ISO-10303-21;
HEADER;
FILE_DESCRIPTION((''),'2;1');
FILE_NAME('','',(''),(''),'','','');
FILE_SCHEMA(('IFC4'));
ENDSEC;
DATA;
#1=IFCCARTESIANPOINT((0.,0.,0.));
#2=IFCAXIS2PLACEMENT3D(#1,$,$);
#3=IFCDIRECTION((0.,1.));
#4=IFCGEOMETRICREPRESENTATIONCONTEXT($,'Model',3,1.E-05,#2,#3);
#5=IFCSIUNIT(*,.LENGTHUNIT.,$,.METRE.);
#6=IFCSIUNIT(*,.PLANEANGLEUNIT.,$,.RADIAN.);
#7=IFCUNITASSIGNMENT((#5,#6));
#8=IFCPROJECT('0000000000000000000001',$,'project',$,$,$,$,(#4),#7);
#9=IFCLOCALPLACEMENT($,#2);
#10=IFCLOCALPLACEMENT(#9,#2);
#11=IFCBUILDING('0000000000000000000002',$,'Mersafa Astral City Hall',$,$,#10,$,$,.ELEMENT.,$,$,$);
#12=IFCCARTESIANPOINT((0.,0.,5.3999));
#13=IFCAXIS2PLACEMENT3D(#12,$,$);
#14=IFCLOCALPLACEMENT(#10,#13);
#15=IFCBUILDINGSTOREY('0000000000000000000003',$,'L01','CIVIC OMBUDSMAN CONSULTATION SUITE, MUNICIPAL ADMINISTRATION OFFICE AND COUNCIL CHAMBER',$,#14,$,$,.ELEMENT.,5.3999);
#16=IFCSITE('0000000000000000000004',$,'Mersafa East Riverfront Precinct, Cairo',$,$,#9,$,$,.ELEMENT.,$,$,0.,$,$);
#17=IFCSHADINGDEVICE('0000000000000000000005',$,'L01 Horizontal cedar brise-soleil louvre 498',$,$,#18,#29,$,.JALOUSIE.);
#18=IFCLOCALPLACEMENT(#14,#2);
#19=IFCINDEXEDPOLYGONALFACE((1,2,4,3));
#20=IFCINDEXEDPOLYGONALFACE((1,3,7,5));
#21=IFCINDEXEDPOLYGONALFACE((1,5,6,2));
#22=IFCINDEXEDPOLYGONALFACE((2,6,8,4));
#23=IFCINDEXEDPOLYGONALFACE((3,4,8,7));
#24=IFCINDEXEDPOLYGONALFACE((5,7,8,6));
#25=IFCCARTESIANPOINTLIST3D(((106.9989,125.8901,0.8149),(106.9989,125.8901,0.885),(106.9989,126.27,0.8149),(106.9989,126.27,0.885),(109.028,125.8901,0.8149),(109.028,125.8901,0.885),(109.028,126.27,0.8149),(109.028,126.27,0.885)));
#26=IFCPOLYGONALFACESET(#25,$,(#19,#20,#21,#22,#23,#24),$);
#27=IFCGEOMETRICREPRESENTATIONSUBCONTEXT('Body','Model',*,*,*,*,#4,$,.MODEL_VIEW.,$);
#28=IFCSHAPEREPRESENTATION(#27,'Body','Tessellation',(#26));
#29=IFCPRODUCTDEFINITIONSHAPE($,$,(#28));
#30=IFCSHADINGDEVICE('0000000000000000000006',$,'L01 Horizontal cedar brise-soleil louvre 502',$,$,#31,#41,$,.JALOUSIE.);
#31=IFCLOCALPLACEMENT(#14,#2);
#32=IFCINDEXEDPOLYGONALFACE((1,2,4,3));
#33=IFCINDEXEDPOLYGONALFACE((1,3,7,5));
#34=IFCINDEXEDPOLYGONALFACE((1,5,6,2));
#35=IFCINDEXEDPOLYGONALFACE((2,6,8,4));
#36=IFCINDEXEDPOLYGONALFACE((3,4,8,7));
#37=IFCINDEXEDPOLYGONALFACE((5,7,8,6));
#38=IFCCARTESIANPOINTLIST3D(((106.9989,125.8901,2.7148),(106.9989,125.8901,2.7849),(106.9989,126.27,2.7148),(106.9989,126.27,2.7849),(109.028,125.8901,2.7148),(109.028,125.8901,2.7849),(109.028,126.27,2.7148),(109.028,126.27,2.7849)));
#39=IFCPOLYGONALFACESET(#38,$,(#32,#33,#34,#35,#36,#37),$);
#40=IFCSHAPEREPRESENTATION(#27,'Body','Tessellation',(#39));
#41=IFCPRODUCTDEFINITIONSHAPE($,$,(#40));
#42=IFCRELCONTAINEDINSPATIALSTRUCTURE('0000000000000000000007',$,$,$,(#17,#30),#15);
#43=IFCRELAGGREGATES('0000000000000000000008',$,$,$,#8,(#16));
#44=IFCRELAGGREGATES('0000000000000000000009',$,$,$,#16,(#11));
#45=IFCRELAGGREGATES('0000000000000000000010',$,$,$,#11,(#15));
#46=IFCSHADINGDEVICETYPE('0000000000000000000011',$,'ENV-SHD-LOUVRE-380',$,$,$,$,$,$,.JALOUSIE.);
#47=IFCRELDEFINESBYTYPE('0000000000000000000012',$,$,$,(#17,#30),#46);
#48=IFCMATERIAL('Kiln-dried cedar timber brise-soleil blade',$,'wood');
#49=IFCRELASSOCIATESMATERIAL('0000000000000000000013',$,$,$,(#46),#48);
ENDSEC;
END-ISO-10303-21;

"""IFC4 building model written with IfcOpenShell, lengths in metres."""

from ifc_helpers import new_model, si_unit, direction, frame, origin, origin_2d, place, context, subcontext, project, spatial, rectangle, extrude, material, type_object, element, save


model = new_model("IFC4")

# Units and contexts
model_context = context("Model", 3, precision=1e-05, world=origin(), true_north=direction((0.0, 1.0)))
body_context = subcontext(model_context, "Body", "Model", "MODEL_VIEW")
ifc_project = project(units=[si_unit("LENGTHUNIT", "METRE"), si_unit("PLANEANGLEUNIT", "RADIAN")], contexts=[model_context])

# Site, building, storey
site_placement = place(None, origin())
site = spatial("IfcSite", under=ifc_project, at=site_placement, Name="Mersafa East Riverfront Precinct, Cairo", CompositionType="ELEMENT", RefElevation=0.0)
building_placement = place(site_placement, origin())
building = spatial("IfcBuilding", under=site, at=building_placement, Name="Mersafa Astral City Hall", CompositionType="ELEMENT")
storey_placement = place(building_placement, frame((0.0, 0.0, 5.3999)))
storey = spatial("IfcBuildingStorey", under=building, at=storey_placement, Name="L01", Description="CIVIC OMBUDSMAN CONSULTATION SUITE, MUNICIPAL ADMINISTRATION OFFICE AND COUNCIL CHAMBER", CompositionType="ELEMENT", Elevation=5.3999)

# Shading devices
ifc_material_1 = material(Name="Kiln-dried cedar timber brise-soleil blade", Category="wood")
shading_device_type = type_object("IfcShadingDeviceType", Name="ENV-SHD-LOUVRE-380", PredefinedType="JALOUSIE", material=ifc_material_1)
for number, where, z_axis, x_axis, name in (
    (1, (108.0134, 126.0801, 0.8149), (0.0, 0.0, 1.0), (-1.0, 0.0, 0.0), "L01 Horizontal cedar brise-soleil louvre 498"),
    (2, (108.0134, 126.0801, 2.7148), (0.0, 0.0, 1.0), (-1.0, 0.0, 0.0), "L01 Horizontal cedar brise-soleil louvre 502"),
):
    element("IfcShadingDevice", number, at=place(storey_placement, frame(where, z_axis=z_axis, x_axis=x_axis)), inside=storey, type_object=shading_device_type, Name=name, PredefinedType="JALOUSIE", context=body_context, shape_type="SweptSolid", body=[
        extrude(rectangle(XDim=2.0291, YDim=0.3799, at=origin_2d()), origin(), (0.0, 0.0, 1.0), 0.0701),
    ])

save(model, "model.ifc")
